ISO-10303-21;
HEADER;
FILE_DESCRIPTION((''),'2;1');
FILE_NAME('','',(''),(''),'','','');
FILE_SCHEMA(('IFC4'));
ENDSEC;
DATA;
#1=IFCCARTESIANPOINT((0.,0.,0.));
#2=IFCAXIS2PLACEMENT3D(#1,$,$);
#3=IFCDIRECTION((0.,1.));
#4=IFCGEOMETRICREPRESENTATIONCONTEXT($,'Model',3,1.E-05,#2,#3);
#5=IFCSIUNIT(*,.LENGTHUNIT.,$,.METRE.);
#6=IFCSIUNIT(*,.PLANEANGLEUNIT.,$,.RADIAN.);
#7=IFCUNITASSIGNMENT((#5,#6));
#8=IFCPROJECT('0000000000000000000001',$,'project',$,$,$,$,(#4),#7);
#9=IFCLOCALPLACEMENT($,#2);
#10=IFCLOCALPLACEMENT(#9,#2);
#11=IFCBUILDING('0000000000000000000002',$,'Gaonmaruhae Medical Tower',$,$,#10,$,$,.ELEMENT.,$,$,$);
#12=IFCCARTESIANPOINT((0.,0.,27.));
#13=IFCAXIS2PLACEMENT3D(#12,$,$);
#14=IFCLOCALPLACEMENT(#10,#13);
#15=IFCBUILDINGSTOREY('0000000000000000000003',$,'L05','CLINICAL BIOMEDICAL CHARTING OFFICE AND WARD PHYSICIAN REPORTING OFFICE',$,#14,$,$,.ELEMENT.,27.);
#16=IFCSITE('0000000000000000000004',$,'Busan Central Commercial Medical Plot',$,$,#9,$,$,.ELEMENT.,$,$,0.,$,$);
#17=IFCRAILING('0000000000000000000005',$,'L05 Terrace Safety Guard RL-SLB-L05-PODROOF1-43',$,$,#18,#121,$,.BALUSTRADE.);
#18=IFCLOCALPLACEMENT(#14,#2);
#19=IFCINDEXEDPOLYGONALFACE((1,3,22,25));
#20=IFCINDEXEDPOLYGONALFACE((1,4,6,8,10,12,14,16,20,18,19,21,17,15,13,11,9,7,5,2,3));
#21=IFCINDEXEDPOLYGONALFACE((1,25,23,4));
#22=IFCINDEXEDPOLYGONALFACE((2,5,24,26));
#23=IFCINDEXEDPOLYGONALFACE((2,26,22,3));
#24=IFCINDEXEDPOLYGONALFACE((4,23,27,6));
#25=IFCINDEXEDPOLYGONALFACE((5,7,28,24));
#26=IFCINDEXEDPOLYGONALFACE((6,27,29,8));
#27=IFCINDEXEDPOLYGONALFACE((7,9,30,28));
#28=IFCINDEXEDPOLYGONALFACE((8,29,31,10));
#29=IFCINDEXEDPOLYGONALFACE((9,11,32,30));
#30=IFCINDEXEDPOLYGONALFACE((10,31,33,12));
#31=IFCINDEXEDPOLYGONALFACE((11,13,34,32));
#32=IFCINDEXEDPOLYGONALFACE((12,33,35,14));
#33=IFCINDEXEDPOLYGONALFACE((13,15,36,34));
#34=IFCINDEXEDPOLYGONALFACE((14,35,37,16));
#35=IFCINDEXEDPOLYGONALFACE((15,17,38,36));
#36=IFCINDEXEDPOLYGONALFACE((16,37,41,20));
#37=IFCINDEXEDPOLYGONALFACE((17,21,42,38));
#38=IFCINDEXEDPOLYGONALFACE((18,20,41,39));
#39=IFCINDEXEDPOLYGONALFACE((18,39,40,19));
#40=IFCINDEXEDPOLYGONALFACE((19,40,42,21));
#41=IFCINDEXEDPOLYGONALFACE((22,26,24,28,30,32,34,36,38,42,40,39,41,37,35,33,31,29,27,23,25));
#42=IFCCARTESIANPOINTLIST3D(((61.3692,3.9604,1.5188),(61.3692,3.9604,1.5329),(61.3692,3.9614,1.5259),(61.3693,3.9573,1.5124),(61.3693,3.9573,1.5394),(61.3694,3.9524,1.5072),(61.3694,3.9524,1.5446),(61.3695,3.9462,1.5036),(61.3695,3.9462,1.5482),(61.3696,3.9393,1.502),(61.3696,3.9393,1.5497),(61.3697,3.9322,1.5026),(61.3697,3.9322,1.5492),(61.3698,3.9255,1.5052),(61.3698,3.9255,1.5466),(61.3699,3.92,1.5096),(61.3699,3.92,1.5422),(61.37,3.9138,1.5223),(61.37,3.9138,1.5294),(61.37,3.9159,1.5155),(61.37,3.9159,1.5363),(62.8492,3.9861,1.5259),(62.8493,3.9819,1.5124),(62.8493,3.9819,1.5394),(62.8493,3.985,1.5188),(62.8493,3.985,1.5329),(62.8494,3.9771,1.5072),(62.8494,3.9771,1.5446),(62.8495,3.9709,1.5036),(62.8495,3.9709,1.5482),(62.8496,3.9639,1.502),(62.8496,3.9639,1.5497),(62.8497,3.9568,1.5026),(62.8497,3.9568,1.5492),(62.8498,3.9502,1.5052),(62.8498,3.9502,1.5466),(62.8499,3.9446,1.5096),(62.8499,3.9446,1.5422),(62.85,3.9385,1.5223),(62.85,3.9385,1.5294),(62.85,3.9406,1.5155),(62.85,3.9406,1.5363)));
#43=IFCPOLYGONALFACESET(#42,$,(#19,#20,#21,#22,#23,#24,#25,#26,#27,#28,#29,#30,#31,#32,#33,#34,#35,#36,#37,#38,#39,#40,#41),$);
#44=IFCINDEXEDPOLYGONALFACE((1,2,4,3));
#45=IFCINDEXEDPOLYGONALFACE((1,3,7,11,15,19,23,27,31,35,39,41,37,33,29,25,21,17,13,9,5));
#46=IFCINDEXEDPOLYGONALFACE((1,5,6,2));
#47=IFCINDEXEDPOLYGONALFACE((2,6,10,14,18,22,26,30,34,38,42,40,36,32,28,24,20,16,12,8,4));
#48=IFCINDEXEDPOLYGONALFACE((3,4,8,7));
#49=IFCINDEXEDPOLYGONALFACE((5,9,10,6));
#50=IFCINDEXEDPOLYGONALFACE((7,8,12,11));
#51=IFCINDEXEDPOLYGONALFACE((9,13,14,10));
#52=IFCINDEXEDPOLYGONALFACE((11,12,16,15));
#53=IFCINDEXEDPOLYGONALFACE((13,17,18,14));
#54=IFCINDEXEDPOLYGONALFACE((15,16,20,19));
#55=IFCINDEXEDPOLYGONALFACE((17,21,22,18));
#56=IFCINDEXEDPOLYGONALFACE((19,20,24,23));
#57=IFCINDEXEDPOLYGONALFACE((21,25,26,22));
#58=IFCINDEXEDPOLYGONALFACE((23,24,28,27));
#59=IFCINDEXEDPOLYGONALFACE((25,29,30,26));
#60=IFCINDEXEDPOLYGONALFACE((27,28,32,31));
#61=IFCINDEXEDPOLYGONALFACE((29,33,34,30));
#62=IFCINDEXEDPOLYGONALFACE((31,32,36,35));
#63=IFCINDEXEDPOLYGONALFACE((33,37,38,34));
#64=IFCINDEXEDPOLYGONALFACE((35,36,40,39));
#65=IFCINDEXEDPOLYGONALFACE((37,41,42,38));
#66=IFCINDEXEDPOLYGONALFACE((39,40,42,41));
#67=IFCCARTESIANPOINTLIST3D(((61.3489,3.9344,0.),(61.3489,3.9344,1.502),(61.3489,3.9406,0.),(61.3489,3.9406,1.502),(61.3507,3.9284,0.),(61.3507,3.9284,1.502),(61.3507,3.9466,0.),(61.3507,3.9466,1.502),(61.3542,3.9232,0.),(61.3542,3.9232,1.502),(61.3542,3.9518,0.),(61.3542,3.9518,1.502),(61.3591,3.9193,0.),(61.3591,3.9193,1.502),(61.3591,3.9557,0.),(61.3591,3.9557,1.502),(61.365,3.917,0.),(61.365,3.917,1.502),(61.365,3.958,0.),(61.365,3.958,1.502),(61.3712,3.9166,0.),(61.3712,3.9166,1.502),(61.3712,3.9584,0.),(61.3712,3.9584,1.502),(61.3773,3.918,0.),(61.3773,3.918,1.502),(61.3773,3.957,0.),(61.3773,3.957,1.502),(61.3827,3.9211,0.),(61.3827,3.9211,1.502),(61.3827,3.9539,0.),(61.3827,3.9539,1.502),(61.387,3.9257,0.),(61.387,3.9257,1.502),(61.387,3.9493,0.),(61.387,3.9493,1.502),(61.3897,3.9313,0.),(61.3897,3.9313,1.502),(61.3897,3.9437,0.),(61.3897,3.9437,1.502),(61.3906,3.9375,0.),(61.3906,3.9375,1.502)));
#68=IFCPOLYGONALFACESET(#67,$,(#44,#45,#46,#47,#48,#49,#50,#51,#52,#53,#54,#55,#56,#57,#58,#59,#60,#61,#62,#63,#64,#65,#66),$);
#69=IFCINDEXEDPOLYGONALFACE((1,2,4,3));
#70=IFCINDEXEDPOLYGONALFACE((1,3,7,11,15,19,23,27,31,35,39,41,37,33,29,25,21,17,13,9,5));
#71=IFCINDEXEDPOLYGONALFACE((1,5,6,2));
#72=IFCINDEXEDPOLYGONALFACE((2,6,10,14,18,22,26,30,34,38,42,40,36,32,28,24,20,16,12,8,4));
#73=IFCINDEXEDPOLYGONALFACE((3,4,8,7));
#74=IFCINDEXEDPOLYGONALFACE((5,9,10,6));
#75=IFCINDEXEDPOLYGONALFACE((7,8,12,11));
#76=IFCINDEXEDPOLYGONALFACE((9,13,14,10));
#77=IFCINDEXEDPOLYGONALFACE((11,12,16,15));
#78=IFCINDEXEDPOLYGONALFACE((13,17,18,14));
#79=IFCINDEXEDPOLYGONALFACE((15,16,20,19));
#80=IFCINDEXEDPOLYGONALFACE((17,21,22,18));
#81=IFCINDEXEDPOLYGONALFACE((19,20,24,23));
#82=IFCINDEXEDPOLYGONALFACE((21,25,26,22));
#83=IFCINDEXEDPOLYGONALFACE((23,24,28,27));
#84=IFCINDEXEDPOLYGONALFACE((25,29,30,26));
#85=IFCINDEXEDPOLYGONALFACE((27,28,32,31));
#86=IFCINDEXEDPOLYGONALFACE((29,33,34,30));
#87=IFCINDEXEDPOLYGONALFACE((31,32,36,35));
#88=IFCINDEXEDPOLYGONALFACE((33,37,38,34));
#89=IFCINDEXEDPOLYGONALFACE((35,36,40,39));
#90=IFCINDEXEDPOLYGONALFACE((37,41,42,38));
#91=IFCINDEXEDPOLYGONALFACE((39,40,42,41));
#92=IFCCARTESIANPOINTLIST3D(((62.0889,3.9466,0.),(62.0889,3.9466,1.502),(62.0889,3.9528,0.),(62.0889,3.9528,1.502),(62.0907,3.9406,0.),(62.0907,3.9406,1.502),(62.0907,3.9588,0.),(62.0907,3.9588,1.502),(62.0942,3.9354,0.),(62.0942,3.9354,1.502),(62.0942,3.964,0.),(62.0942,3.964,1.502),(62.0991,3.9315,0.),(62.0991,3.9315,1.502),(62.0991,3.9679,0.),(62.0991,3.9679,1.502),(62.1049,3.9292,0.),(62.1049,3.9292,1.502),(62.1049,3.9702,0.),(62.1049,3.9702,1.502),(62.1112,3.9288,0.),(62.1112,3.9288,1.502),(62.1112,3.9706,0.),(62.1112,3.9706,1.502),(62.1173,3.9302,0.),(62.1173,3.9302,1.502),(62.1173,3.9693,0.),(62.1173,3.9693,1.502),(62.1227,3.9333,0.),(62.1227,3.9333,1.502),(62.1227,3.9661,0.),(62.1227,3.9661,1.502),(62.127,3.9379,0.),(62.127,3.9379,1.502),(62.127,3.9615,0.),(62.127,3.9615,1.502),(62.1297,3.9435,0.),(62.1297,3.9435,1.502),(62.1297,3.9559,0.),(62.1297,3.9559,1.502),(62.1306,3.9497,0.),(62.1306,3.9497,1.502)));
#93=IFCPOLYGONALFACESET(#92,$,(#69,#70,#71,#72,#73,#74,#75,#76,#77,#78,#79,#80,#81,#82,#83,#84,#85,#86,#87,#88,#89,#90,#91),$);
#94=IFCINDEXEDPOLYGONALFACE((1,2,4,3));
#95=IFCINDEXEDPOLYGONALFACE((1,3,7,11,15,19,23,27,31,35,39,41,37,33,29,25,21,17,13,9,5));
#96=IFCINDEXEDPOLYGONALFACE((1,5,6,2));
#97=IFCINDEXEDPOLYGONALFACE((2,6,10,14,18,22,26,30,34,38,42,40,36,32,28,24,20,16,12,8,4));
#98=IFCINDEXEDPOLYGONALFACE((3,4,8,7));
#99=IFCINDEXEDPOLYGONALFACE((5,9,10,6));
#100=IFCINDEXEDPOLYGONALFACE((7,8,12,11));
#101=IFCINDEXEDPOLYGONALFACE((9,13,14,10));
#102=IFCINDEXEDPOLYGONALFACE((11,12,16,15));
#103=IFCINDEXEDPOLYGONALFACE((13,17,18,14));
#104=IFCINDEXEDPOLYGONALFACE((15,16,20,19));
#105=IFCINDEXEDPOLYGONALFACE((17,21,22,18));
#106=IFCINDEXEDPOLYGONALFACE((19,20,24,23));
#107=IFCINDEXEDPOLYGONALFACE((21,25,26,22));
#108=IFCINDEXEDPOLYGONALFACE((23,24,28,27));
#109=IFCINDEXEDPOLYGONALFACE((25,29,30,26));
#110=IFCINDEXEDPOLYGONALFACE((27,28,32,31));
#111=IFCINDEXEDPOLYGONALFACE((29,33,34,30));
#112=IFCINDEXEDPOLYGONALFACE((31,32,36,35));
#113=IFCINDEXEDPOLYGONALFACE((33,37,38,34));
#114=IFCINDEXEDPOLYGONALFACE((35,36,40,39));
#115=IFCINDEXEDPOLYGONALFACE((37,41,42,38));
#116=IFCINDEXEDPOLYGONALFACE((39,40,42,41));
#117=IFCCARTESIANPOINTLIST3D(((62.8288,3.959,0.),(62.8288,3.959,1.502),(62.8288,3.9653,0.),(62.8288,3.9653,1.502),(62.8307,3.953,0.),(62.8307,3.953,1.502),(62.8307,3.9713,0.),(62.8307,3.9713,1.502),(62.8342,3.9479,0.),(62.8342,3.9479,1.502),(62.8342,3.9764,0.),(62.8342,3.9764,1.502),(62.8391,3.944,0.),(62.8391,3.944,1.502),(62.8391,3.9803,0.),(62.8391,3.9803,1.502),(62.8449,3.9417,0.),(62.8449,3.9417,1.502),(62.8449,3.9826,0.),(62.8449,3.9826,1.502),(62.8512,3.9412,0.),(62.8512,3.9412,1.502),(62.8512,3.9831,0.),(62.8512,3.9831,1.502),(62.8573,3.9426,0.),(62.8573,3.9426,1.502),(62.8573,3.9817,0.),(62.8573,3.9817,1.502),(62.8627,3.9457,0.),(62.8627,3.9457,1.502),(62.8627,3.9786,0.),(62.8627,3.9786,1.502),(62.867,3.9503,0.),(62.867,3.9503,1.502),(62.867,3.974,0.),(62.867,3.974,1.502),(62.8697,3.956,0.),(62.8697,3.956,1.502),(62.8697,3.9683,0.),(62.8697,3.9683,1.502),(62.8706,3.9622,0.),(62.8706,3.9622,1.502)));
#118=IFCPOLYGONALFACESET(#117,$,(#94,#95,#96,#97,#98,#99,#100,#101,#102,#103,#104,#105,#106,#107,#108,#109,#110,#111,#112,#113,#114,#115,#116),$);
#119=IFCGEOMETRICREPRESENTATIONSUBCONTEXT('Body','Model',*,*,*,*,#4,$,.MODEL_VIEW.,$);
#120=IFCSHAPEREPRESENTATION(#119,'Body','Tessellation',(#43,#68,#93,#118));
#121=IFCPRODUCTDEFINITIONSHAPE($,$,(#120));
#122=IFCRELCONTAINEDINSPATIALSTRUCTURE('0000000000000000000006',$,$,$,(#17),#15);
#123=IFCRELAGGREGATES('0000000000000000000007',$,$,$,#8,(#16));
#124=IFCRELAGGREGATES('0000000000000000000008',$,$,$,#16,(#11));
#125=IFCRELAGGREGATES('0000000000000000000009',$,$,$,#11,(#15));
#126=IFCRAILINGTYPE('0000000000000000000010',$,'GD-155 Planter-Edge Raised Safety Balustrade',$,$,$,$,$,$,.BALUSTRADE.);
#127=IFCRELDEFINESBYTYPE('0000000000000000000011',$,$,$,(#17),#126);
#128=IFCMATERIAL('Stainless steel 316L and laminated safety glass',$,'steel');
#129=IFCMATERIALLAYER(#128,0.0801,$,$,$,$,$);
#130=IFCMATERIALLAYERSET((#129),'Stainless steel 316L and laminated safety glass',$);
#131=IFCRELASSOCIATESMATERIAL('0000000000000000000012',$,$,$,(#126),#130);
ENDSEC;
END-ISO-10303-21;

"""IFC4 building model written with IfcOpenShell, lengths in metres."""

from ifc_helpers import new_model, si_unit, direction, frame, origin, origin_2d, place, context, subcontext, project, spatial, circle, extrude, material, layer, layer_set, type_object, element, save


model = new_model("IFC4")

# Units and contexts
model_context = context("Model", 3, precision=1e-05, world=origin(), true_north=direction((0.0, 1.0)))
body_context = subcontext(model_context, "Body", "Model", "MODEL_VIEW")
ifc_project = project(units=[si_unit("LENGTHUNIT", "METRE"), si_unit("PLANEANGLEUNIT", "RADIAN")], contexts=[model_context])

# Site, building, storey
site_placement = place(None, origin())
site = spatial("IfcSite", under=ifc_project, at=site_placement, Name="Busan Central Commercial Medical Plot", CompositionType="ELEMENT", RefElevation=0.0)
building_placement = place(site_placement, origin())
building = spatial("IfcBuilding", under=site, at=building_placement, Name="Gaonmaruhae Medical Tower", CompositionType="ELEMENT")
storey_placement = place(building_placement, frame((0.0, 0.0, 27.0)))
storey = spatial("IfcBuildingStorey", under=building, at=storey_placement, Name="L05", Description="CLINICAL BIOMEDICAL CHARTING OFFICE AND WARD PHYSICIAN REPORTING OFFICE", CompositionType="ELEMENT", Elevation=27.0)

# Railing
ifc_material_1 = material(Name="Stainless steel 316L and laminated safety glass", Category="steel")
ifc_layer_1 = layer(ifc_material_1, 0.0801)
ifc_layer_set_1 = layer_set([ifc_layer_1], Name="Stainless steel 316L and laminated safety glass")
railing_type = type_object("IfcRailingType", Name="GD-155 Planter-Edge Raised Safety Balustrade", PredefinedType="BALUSTRADE", material=ifc_layer_set_1)
railing_1_placement = place(storey_placement, frame((61.3696, 3.9375, 0.0)))
element("IfcRailing", 1, at=railing_1_placement, inside=storey, type_object=railing_type, Name="L05 Terrace Safety Guard RL-SLB-L05-PODROOF1-43", PredefinedType="BALUSTRADE", context=body_context, shape_type="SweptSolid", body=[
    extrude(circle(Radius=0.0239, at=origin_2d()), frame((0.0, 0.0, 1.5259), z_axis=(0.999861, 0.016659, 0.0), x_axis=(-0.016659, 0.999861, 0.0)), (0.0, 0.0, 1.0), 1.4802),
    extrude(circle(Radius=0.021, at=origin_2d()), origin(), (0.0, 0.0, 1.0), 1.502),
    extrude(circle(Radius=0.021, at=origin_2d()), frame((0.74, 0.0122, 0.0)), (0.0, 0.0, 1.0), 1.502),
    extrude(circle(Radius=0.021, at=origin_2d()), frame((1.48, 0.0247, 0.0)), (0.0, 0.0, 1.0), 1.502),
])

save(model, "model.ifc")
